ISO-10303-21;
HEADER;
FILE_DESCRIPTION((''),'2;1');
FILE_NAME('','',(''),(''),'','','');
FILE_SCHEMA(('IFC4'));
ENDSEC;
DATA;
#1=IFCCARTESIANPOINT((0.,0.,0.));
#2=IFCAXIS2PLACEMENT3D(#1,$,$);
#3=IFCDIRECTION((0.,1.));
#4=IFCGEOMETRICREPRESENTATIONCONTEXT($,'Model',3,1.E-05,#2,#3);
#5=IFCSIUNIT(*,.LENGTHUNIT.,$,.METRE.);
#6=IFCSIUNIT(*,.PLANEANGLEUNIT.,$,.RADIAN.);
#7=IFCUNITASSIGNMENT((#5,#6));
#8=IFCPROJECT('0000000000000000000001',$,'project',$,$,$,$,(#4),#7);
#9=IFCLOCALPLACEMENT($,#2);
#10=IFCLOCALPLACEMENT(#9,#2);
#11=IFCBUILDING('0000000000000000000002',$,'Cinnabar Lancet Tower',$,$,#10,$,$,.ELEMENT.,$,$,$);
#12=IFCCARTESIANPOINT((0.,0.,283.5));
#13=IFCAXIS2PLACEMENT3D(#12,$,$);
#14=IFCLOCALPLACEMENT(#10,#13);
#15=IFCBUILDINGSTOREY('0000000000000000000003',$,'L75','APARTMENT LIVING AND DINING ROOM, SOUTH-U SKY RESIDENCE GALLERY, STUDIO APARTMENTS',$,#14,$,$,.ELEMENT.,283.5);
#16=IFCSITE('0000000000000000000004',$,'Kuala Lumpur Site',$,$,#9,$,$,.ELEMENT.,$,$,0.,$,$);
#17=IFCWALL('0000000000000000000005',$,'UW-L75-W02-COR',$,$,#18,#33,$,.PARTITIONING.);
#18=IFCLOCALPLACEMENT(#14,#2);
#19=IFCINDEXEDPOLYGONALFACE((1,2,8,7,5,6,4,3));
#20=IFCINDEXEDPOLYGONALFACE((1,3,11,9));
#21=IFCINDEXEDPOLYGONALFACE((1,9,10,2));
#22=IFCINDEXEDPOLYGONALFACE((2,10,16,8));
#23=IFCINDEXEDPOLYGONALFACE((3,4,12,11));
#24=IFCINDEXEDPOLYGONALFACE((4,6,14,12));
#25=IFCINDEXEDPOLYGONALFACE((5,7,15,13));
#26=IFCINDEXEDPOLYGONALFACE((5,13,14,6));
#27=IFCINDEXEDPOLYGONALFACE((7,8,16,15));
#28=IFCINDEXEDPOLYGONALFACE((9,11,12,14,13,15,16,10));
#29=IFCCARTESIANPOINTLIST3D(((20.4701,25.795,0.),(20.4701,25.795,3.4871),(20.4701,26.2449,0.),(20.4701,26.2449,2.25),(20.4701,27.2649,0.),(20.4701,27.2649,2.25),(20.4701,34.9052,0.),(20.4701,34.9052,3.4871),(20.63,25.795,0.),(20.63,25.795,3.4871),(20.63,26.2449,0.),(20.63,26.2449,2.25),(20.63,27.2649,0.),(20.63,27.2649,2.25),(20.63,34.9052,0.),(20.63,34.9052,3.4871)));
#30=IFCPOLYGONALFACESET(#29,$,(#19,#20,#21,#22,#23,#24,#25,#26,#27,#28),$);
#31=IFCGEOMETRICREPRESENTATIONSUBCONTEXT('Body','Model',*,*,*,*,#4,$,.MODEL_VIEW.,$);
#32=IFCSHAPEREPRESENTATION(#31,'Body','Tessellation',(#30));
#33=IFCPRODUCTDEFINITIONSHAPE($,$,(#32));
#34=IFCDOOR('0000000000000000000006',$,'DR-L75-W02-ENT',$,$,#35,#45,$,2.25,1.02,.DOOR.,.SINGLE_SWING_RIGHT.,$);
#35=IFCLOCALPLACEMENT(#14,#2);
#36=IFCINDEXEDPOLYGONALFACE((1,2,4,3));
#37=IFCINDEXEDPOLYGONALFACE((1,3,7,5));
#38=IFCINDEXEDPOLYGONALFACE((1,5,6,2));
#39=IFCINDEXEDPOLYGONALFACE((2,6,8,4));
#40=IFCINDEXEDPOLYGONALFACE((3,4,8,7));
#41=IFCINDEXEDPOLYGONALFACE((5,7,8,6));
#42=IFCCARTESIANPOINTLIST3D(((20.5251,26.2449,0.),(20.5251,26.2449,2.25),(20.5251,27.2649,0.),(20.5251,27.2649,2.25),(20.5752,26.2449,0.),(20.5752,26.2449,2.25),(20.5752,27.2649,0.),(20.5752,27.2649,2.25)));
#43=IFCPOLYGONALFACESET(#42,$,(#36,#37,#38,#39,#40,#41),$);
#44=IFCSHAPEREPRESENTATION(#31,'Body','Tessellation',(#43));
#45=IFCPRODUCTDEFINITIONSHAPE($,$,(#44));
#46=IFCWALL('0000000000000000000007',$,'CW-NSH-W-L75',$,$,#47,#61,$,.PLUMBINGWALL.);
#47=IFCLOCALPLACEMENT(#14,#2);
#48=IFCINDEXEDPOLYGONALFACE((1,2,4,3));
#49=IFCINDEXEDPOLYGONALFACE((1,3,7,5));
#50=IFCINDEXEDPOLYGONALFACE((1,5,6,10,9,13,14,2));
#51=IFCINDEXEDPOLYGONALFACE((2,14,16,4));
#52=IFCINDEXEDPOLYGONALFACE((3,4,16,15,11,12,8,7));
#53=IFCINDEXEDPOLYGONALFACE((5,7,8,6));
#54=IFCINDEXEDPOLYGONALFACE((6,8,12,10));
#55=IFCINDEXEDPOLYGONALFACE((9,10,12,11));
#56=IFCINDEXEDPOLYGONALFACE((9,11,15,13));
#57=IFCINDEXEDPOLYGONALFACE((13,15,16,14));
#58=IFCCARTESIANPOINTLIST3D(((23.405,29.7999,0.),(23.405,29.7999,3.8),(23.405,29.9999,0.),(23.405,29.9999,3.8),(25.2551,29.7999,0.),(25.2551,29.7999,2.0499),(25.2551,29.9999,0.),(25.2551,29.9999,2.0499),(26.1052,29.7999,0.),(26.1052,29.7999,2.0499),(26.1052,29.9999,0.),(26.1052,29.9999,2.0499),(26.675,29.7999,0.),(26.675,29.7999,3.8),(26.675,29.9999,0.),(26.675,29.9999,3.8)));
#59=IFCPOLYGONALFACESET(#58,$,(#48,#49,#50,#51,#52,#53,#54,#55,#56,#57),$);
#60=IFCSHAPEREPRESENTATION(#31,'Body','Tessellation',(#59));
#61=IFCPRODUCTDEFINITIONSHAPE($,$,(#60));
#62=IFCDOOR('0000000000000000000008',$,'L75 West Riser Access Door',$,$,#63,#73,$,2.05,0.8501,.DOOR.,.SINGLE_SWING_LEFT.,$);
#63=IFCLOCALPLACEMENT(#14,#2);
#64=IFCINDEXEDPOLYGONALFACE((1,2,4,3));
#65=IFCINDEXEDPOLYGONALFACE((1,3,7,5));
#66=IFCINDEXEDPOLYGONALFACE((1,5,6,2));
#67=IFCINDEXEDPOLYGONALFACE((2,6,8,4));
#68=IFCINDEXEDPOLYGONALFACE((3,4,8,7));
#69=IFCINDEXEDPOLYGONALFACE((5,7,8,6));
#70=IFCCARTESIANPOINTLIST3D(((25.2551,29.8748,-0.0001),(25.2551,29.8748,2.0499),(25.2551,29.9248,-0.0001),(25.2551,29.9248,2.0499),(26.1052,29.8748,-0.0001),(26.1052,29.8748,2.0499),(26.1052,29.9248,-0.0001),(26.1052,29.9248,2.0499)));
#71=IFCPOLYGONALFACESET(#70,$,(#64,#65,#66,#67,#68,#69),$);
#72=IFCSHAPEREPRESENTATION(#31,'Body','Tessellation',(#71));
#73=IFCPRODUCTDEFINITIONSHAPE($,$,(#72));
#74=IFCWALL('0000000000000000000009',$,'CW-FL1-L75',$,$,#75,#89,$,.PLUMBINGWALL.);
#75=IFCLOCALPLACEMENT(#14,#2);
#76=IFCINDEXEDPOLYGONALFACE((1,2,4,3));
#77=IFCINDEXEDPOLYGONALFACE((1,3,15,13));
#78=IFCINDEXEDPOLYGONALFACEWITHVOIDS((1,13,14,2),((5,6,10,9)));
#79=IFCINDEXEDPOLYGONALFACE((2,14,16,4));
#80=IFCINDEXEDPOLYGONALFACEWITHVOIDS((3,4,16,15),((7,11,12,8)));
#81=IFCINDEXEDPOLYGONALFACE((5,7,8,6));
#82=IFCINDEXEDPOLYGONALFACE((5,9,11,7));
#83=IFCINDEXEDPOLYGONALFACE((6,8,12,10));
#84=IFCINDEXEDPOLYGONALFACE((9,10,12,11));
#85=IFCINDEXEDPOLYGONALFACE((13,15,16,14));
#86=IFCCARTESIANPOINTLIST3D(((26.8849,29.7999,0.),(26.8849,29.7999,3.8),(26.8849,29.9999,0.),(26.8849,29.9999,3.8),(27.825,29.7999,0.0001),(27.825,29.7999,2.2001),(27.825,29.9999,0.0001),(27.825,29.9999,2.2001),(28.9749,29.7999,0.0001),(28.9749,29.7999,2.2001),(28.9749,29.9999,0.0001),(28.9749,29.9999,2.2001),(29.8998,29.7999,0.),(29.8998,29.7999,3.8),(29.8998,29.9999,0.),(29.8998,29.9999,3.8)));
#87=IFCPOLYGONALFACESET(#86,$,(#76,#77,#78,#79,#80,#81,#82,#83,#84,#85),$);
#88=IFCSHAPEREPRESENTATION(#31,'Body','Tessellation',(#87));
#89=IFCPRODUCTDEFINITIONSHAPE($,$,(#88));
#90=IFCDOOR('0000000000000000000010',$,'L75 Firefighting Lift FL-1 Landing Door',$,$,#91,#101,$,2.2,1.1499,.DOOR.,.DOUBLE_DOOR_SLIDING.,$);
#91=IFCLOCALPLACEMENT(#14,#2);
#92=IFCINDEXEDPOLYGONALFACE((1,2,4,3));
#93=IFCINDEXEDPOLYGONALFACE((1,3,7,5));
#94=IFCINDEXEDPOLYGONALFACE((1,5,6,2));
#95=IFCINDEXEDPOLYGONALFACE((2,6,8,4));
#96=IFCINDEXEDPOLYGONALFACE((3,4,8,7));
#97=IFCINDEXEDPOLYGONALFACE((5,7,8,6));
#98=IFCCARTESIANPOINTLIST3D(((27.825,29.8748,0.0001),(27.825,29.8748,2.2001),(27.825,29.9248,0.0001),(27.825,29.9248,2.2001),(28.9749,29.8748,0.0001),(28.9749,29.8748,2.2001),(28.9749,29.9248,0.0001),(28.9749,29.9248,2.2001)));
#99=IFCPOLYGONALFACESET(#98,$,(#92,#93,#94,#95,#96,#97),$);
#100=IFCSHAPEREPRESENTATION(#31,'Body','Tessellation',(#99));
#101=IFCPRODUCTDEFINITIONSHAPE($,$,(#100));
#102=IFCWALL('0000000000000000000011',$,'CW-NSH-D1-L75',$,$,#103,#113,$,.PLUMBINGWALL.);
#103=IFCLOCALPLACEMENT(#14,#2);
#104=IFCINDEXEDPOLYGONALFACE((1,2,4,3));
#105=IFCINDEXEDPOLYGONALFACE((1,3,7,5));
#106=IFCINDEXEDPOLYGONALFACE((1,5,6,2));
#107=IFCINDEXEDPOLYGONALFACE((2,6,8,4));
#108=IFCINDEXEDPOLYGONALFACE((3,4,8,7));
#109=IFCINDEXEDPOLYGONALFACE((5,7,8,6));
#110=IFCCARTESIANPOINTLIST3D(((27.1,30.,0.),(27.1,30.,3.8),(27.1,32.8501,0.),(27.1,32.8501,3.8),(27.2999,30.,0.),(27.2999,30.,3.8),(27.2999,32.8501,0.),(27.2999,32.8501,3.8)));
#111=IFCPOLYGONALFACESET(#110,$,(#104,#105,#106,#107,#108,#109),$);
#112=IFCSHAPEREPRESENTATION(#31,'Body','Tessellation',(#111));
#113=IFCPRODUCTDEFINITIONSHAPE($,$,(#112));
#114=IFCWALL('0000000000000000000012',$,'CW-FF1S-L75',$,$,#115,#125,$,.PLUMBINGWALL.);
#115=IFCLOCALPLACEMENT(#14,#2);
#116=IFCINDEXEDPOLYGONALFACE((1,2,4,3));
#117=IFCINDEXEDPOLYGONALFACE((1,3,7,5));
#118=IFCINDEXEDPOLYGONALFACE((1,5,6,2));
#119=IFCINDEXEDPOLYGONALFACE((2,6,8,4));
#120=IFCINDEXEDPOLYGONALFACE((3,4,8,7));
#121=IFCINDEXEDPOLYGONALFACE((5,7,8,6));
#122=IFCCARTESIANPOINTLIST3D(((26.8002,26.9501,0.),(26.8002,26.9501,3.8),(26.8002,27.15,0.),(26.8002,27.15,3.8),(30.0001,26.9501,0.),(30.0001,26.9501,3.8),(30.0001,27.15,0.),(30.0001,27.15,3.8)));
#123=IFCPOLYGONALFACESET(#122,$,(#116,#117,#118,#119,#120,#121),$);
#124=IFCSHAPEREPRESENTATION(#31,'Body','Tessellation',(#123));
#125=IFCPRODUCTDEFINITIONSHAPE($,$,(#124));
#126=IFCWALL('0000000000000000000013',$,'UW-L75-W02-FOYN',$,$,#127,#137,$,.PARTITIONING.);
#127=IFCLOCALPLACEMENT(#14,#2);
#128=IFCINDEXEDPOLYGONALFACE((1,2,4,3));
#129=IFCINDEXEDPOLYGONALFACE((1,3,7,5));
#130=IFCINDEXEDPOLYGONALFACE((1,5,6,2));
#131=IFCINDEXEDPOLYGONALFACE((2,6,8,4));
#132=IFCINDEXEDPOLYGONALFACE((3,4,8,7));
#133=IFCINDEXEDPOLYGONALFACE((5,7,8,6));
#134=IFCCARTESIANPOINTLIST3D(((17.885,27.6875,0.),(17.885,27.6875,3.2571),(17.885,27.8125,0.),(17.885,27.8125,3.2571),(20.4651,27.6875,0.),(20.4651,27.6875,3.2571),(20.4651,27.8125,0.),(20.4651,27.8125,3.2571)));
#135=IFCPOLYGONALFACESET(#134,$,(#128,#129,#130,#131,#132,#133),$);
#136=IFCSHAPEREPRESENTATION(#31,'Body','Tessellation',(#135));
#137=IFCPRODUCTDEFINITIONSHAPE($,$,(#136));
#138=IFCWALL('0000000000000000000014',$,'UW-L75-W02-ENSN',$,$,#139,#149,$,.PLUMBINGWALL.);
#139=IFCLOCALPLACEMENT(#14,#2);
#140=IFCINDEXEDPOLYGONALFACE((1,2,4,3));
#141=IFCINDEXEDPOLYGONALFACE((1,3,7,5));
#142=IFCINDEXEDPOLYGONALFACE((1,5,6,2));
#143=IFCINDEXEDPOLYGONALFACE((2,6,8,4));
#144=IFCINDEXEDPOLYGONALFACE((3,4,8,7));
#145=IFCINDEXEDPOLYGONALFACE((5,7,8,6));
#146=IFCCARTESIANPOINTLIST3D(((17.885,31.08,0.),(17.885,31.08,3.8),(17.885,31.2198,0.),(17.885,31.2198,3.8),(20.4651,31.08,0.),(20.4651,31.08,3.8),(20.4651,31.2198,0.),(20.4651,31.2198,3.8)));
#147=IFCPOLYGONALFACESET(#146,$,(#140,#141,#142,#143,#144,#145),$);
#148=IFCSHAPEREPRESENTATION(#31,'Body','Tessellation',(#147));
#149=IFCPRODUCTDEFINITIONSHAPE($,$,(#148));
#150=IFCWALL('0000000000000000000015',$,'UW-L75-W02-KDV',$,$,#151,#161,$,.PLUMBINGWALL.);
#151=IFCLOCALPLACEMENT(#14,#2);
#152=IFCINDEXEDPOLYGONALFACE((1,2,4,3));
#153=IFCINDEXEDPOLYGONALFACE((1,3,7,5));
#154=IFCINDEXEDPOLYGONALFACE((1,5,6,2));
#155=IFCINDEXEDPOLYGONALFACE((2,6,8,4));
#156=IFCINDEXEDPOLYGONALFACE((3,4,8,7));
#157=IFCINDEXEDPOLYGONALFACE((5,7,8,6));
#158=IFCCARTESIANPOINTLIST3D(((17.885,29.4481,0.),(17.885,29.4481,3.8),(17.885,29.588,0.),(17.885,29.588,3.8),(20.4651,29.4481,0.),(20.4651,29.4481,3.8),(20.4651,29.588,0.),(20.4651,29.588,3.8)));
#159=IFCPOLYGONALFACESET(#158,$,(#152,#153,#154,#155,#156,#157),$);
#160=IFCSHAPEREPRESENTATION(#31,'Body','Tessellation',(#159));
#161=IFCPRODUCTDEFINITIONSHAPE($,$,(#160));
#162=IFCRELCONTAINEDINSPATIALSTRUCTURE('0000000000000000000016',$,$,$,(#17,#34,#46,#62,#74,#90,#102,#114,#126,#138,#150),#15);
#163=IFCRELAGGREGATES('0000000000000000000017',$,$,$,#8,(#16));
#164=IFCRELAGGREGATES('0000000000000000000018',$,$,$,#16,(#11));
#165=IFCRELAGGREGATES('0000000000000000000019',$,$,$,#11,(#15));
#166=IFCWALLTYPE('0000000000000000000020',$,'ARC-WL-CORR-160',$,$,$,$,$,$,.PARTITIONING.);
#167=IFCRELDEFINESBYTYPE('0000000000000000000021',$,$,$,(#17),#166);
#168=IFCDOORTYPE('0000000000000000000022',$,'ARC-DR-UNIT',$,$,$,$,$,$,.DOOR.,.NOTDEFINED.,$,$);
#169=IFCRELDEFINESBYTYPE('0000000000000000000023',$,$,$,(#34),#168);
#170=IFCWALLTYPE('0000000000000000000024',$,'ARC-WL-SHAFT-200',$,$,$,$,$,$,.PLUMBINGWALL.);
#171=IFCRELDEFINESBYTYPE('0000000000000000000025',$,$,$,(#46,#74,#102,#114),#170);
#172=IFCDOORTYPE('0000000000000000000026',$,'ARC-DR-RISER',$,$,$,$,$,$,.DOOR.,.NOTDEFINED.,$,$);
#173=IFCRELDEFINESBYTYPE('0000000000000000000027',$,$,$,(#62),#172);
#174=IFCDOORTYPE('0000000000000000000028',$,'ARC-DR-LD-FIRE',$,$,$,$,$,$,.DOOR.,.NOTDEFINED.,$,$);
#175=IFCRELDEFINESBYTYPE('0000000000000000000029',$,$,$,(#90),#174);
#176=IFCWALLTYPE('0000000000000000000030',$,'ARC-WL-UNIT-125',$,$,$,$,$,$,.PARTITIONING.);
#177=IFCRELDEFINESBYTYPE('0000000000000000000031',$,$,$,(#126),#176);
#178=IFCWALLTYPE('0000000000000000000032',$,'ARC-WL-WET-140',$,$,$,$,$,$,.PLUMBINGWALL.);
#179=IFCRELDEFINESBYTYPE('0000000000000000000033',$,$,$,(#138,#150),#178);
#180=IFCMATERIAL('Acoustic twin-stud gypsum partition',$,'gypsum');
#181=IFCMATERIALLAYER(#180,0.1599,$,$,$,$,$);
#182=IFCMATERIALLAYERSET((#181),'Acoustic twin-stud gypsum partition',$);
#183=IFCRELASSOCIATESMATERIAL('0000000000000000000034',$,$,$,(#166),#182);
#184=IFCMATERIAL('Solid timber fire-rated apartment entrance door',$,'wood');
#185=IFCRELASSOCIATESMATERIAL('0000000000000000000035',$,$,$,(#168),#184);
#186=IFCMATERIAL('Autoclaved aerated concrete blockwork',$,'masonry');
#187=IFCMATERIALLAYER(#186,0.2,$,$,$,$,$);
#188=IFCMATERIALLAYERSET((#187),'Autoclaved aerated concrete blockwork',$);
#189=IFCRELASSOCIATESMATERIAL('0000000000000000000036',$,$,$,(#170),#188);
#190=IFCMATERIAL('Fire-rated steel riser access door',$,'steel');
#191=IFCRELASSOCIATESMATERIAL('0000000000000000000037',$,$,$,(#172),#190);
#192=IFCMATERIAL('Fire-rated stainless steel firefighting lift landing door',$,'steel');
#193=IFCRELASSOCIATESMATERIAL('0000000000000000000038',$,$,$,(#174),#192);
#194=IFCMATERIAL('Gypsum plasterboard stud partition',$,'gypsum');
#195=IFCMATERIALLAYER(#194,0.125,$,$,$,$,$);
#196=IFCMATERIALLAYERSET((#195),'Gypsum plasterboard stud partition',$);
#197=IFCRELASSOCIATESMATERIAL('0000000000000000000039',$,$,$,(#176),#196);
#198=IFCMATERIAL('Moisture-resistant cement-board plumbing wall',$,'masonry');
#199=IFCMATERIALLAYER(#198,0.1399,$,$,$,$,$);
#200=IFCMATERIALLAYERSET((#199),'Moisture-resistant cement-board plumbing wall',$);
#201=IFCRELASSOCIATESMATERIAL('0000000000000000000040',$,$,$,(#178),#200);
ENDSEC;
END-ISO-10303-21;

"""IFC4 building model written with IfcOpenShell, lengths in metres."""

from ifc_helpers import new_model, si_unit, direction, frame, frame_2d, origin, place, context, subcontext, project, spatial, rectangle, extrude, material, layer, layer_set, type_object, element, fill, save


model = new_model("IFC4")

# Units and contexts
model_context = context("Model", 3, precision=1e-05, world=origin(), true_north=direction((0.0, 1.0)))
body_context = subcontext(model_context, "Body", "Model", "MODEL_VIEW")
ifc_project = project(units=[si_unit("LENGTHUNIT", "METRE"), si_unit("PLANEANGLEUNIT", "RADIAN")], contexts=[model_context])

# Site, building, storey
site_placement = place(None, origin())
site = spatial("IfcSite", under=ifc_project, at=site_placement, Name="Kuala Lumpur Site", CompositionType="ELEMENT", RefElevation=0.0)
building_placement = place(site_placement, origin())
building = spatial("IfcBuilding", under=site, at=building_placement, Name="Cinnabar Lancet Tower", CompositionType="ELEMENT")
storey_placement = place(building_placement, frame((0.0, 0.0, 283.5)))
storey = spatial("IfcBuildingStorey", under=building, at=storey_placement, Name="L75", Description="APARTMENT LIVING AND DINING ROOM, SOUTH-U SKY RESIDENCE GALLERY, STUDIO APARTMENTS", CompositionType="ELEMENT", Elevation=283.5)

# Walls, openings, doors
ifc_material_1 = material(Name="Acoustic twin-stud gypsum partition", Category="gypsum")
ifc_layer_1 = layer(ifc_material_1, 0.1599)
ifc_layer_set_1 = layer_set([ifc_layer_1], Name="Acoustic twin-stud gypsum partition")
wall_type_1 = type_object("IfcWallType", Name="ARC-WL-CORR-160", PredefinedType="PARTITIONING", material=ifc_layer_set_1)
wall_1_placement = place(storey_placement, frame((20.55, 25.7949, 0.0), z_axis=(0.0, 0.0, 1.0), x_axis=(0.0, 1.0, 0.0)))
wall_1 = element("IfcWall", 1, at=wall_1_placement, inside=storey, type_object=wall_type_1, Name="UW-L75-W02-COR", PredefinedType="PARTITIONING", context=body_context, shape_type="SweptSolid", body=[
    extrude(rectangle(XDim=9.1101, YDim=0.1599, at=frame_2d((4.5552, 0.0))), origin(), (0.0, 0.0, 1.0), 3.4871),
])
opening_1_placement = place(wall_1_placement, frame((0.45, 0.0, 0.0)))
opening_1 = element("IfcOpeningElement", 2, at=opening_1_placement, cuts=wall_1, PredefinedType="OPENING", context=body_context, shape_type="SweptSolid", body=[
    extrude(rectangle(XDim=1.02, YDim=2.25, at=frame_2d((0.51, 1.125))), frame((0.0, 0.0898, 0.0), z_axis=(0.0, -1.0, 0.0), x_axis=(1.0, 0.0, 0.0)), (0.0, 0.0, 1.0), 0.1799),
])
ifc_material_2 = material(Name="Solid timber fire-rated apartment entrance door", Category="wood")
door_type_1 = type_object("IfcDoorType", Name="ARC-DR-UNIT", OperationType="NOTDEFINED", PredefinedType="DOOR", material=ifc_material_2)
door_1_placement = place(opening_1_placement, origin())
door_1 = element("IfcDoor", 3, at=door_1_placement, inside=storey, type_object=door_type_1, Name="DR-L75-W02-ENT", OperationType="SINGLE_SWING_RIGHT", OverallHeight=2.25, OverallWidth=1.02, PredefinedType="DOOR", context=body_context, shape_type="SweptSolid", body=[
    extrude(rectangle(XDim=1.02, YDim=2.25, at=frame_2d((0.51, 1.125))), frame((0.0, 0.0249, 0.0), z_axis=(0.0, -1.0, 0.0), x_axis=(1.0, 0.0, 0.0)), (0.0, 0.0, 1.0), 0.05),
])
fill(opening_1, door_1)
ifc_material_3 = material(Name="Autoclaved aerated concrete blockwork", Category="masonry")
ifc_layer_2 = layer(ifc_material_3, 0.2)
ifc_layer_set_2 = layer_set([ifc_layer_2], Name="Autoclaved aerated concrete blockwork")
wall_type_2 = type_object("IfcWallType", Name="ARC-WL-SHAFT-200", PredefinedType="PLUMBINGWALL", material=ifc_layer_set_2)
wall_2_placement = place(storey_placement, frame((23.405, 29.8999, 0.0), z_axis=(0.0, 0.0, 1.0), x_axis=(1.0, 0.0, 0.0)))
wall_2 = element("IfcWall", 4, at=wall_2_placement, inside=storey, type_object=wall_type_2, Name="CW-NSH-W-L75", PredefinedType="PLUMBINGWALL", context=body_context, shape_type="SweptSolid", body=[
    extrude(rectangle(XDim=3.27, YDim=0.2, at=frame_2d((1.635, 0.0))), origin(), (0.0, 0.0, 1.0), 3.8),
])
opening_2_placement = place(wall_2_placement, frame((1.8501, 0.0, 0.0)))
opening_2 = element("IfcOpeningElement", 5, at=opening_2_placement, cuts=wall_2, PredefinedType="OPENING", context=body_context, shape_type="SweptSolid", body=[
    extrude(rectangle(XDim=0.8501, YDim=2.05, at=frame_2d((0.425, 1.0249))), frame((0.0, 0.1099, 0.0), z_axis=(0.0, -1.0, 0.0), x_axis=(1.0, 0.0, 0.0)), (0.0, 0.0, 1.0), 0.22),
])
ifc_material_4 = material(Name="Fire-rated steel riser access door", Category="steel")
door_type_2 = type_object("IfcDoorType", Name="ARC-DR-RISER", OperationType="NOTDEFINED", PredefinedType="DOOR", material=ifc_material_4)
door_2_placement = place(opening_2_placement, origin())
door_2 = element("IfcDoor", 6, at=door_2_placement, inside=storey, type_object=door_type_2, Name="L75 West Riser Access Door", OperationType="SINGLE_SWING_LEFT", OverallHeight=2.05, OverallWidth=0.8501, PredefinedType="DOOR", context=body_context, shape_type="SweptSolid", body=[
    extrude(rectangle(XDim=0.8501, YDim=2.05, at=frame_2d((0.425, 1.0249))), frame((0.0, 0.0249, 0.0), z_axis=(0.0, -1.0, 0.0), x_axis=(1.0, 0.0, 0.0)), (0.0, 0.0, 1.0), 0.05),
])
fill(opening_2, door_2)
wall_3_placement = place(storey_placement, frame((26.885, 29.8999, 0.0), z_axis=(0.0, 0.0, 1.0), x_axis=(1.0, 0.0, 0.0)))
wall_3 = element("IfcWall", 7, at=wall_3_placement, inside=storey, type_object=wall_type_2, Name="CW-FL1-L75", PredefinedType="PLUMBINGWALL", context=body_context, shape_type="SweptSolid", body=[
    extrude(rectangle(XDim=3.0149, YDim=0.2, at=frame_2d((1.5073, 0.0))), origin(), (0.0, 0.0, 1.0), 3.8),
])
opening_3_placement = place(wall_3_placement, frame((0.9399, 0.0, 0.0)))
opening_3 = element("IfcOpeningElement", 8, at=opening_3_placement, cuts=wall_3, PredefinedType="OPENING", context=body_context, shape_type="SweptSolid", body=[
    extrude(rectangle(XDim=1.1499, YDim=2.2, at=frame_2d((0.575, 1.1001))), frame((0.0, 0.1099, 0.0), z_axis=(0.0, -1.0, 0.0), x_axis=(1.0, 0.0, 0.0)), (0.0, 0.0, 1.0), 0.22),
])
ifc_material_5 = material(Name="Fire-rated stainless steel firefighting lift landing door", Category="steel")
door_type_3 = type_object("IfcDoorType", Name="ARC-DR-LD-FIRE", OperationType="NOTDEFINED", PredefinedType="DOOR", material=ifc_material_5)
door_3_placement = place(opening_3_placement, origin())
door_3 = element("IfcDoor", 9, at=door_3_placement, inside=storey, type_object=door_type_3, Name="L75 Firefighting Lift FL-1 Landing Door", OperationType="DOUBLE_DOOR_SLIDING", OverallHeight=2.2, OverallWidth=1.1499, PredefinedType="DOOR", context=body_context, shape_type="SweptSolid", body=[
    extrude(rectangle(XDim=1.1499, YDim=2.2, at=frame_2d((0.575, 1.1001))), frame((0.0, 0.0249, 0.0), z_axis=(0.0, -1.0, 0.0), x_axis=(1.0, 0.0, 0.0)), (0.0, 0.0, 1.0), 0.05),
])
fill(opening_3, door_3)

# Walls
wall_4_placement = place(storey_placement, frame((27.2, 30.0, 0.0), z_axis=(0.0, 0.0, 1.0), x_axis=(0.0, 1.0, 0.0)))
element("IfcWall", 10, at=wall_4_placement, inside=storey, type_object=wall_type_2, Name="CW-NSH-D1-L75", PredefinedType="PLUMBINGWALL", context=body_context, shape_type="SweptSolid", body=[
    extrude(rectangle(XDim=2.8501, YDim=0.2, at=frame_2d((1.425, 0.0))), origin(), (0.0, 0.0, 1.0), 3.8),
])
wall_5_placement = place(storey_placement, frame((26.8, 27.05, 0.0), z_axis=(0.0, 0.0, 1.0), x_axis=(1.0, 0.0, 0.0)))
element("IfcWall", 11, at=wall_5_placement, inside=storey, type_object=wall_type_2, Name="CW-FF1S-L75", PredefinedType="PLUMBINGWALL", context=body_context, shape_type="SweptSolid", body=[
    extrude(rectangle(XDim=3.2, YDim=0.2, at=frame_2d((1.6001, 0.0))), origin(), (0.0, 0.0, 1.0), 3.8),
])
ifc_material_6 = material(Name="Gypsum plasterboard stud partition", Category="gypsum")
ifc_layer_3 = layer(ifc_material_6, 0.125)
ifc_layer_set_3 = layer_set([ifc_layer_3], Name="Gypsum plasterboard stud partition")
wall_type_3 = type_object("IfcWallType", Name="ARC-WL-UNIT-125", PredefinedType="PARTITIONING", material=ifc_layer_set_3)
wall_6_placement = place(storey_placement, frame((17.885, 27.75, 0.0), z_axis=(0.0, 0.0, 1.0), x_axis=(1.0, 0.0, 0.0)))
element("IfcWall", 12, at=wall_6_placement, inside=storey, type_object=wall_type_3, Name="UW-L75-W02-FOYN", PredefinedType="PARTITIONING", context=body_context, shape_type="SweptSolid", body=[
    extrude(rectangle(XDim=2.5801, YDim=0.125, at=frame_2d((1.29, 0.0))), origin(), (0.0, 0.0, 1.0), 3.2571),
])
ifc_material_7 = material(Name="Moisture-resistant cement-board plumbing wall", Category="masonry")
ifc_layer_4 = layer(ifc_material_7, 0.1399)
ifc_layer_set_4 = layer_set([ifc_layer_4], Name="Moisture-resistant cement-board plumbing wall")
wall_type_4 = type_object("IfcWallType", Name="ARC-WL-WET-140", PredefinedType="PLUMBINGWALL", material=ifc_layer_set_4)
for number, where, z_axis, x_axis, name in (
    (13, (17.885, 31.1499, 0.0), (0.0, 0.0, 1.0), (1.0, 0.0, 0.0), "UW-L75-W02-ENSN"),
    (14, (17.885, 29.5181, 0.0), (0.0, 0.0, 1.0), (1.0, 0.0, 0.0), "UW-L75-W02-KDV"),
):
    element("IfcWall", number, at=place(storey_placement, frame(where, z_axis=z_axis, x_axis=x_axis)), inside=storey, type_object=wall_type_4, Name=name, PredefinedType="PLUMBINGWALL", context=body_context, shape_type="SweptSolid", body=[
        extrude(rectangle(XDim=2.5801, YDim=0.1399, at=frame_2d((1.29, 0.0))), origin(), (0.0, 0.0, 1.0), 3.8),
    ])

save(model, "model.ifc")
